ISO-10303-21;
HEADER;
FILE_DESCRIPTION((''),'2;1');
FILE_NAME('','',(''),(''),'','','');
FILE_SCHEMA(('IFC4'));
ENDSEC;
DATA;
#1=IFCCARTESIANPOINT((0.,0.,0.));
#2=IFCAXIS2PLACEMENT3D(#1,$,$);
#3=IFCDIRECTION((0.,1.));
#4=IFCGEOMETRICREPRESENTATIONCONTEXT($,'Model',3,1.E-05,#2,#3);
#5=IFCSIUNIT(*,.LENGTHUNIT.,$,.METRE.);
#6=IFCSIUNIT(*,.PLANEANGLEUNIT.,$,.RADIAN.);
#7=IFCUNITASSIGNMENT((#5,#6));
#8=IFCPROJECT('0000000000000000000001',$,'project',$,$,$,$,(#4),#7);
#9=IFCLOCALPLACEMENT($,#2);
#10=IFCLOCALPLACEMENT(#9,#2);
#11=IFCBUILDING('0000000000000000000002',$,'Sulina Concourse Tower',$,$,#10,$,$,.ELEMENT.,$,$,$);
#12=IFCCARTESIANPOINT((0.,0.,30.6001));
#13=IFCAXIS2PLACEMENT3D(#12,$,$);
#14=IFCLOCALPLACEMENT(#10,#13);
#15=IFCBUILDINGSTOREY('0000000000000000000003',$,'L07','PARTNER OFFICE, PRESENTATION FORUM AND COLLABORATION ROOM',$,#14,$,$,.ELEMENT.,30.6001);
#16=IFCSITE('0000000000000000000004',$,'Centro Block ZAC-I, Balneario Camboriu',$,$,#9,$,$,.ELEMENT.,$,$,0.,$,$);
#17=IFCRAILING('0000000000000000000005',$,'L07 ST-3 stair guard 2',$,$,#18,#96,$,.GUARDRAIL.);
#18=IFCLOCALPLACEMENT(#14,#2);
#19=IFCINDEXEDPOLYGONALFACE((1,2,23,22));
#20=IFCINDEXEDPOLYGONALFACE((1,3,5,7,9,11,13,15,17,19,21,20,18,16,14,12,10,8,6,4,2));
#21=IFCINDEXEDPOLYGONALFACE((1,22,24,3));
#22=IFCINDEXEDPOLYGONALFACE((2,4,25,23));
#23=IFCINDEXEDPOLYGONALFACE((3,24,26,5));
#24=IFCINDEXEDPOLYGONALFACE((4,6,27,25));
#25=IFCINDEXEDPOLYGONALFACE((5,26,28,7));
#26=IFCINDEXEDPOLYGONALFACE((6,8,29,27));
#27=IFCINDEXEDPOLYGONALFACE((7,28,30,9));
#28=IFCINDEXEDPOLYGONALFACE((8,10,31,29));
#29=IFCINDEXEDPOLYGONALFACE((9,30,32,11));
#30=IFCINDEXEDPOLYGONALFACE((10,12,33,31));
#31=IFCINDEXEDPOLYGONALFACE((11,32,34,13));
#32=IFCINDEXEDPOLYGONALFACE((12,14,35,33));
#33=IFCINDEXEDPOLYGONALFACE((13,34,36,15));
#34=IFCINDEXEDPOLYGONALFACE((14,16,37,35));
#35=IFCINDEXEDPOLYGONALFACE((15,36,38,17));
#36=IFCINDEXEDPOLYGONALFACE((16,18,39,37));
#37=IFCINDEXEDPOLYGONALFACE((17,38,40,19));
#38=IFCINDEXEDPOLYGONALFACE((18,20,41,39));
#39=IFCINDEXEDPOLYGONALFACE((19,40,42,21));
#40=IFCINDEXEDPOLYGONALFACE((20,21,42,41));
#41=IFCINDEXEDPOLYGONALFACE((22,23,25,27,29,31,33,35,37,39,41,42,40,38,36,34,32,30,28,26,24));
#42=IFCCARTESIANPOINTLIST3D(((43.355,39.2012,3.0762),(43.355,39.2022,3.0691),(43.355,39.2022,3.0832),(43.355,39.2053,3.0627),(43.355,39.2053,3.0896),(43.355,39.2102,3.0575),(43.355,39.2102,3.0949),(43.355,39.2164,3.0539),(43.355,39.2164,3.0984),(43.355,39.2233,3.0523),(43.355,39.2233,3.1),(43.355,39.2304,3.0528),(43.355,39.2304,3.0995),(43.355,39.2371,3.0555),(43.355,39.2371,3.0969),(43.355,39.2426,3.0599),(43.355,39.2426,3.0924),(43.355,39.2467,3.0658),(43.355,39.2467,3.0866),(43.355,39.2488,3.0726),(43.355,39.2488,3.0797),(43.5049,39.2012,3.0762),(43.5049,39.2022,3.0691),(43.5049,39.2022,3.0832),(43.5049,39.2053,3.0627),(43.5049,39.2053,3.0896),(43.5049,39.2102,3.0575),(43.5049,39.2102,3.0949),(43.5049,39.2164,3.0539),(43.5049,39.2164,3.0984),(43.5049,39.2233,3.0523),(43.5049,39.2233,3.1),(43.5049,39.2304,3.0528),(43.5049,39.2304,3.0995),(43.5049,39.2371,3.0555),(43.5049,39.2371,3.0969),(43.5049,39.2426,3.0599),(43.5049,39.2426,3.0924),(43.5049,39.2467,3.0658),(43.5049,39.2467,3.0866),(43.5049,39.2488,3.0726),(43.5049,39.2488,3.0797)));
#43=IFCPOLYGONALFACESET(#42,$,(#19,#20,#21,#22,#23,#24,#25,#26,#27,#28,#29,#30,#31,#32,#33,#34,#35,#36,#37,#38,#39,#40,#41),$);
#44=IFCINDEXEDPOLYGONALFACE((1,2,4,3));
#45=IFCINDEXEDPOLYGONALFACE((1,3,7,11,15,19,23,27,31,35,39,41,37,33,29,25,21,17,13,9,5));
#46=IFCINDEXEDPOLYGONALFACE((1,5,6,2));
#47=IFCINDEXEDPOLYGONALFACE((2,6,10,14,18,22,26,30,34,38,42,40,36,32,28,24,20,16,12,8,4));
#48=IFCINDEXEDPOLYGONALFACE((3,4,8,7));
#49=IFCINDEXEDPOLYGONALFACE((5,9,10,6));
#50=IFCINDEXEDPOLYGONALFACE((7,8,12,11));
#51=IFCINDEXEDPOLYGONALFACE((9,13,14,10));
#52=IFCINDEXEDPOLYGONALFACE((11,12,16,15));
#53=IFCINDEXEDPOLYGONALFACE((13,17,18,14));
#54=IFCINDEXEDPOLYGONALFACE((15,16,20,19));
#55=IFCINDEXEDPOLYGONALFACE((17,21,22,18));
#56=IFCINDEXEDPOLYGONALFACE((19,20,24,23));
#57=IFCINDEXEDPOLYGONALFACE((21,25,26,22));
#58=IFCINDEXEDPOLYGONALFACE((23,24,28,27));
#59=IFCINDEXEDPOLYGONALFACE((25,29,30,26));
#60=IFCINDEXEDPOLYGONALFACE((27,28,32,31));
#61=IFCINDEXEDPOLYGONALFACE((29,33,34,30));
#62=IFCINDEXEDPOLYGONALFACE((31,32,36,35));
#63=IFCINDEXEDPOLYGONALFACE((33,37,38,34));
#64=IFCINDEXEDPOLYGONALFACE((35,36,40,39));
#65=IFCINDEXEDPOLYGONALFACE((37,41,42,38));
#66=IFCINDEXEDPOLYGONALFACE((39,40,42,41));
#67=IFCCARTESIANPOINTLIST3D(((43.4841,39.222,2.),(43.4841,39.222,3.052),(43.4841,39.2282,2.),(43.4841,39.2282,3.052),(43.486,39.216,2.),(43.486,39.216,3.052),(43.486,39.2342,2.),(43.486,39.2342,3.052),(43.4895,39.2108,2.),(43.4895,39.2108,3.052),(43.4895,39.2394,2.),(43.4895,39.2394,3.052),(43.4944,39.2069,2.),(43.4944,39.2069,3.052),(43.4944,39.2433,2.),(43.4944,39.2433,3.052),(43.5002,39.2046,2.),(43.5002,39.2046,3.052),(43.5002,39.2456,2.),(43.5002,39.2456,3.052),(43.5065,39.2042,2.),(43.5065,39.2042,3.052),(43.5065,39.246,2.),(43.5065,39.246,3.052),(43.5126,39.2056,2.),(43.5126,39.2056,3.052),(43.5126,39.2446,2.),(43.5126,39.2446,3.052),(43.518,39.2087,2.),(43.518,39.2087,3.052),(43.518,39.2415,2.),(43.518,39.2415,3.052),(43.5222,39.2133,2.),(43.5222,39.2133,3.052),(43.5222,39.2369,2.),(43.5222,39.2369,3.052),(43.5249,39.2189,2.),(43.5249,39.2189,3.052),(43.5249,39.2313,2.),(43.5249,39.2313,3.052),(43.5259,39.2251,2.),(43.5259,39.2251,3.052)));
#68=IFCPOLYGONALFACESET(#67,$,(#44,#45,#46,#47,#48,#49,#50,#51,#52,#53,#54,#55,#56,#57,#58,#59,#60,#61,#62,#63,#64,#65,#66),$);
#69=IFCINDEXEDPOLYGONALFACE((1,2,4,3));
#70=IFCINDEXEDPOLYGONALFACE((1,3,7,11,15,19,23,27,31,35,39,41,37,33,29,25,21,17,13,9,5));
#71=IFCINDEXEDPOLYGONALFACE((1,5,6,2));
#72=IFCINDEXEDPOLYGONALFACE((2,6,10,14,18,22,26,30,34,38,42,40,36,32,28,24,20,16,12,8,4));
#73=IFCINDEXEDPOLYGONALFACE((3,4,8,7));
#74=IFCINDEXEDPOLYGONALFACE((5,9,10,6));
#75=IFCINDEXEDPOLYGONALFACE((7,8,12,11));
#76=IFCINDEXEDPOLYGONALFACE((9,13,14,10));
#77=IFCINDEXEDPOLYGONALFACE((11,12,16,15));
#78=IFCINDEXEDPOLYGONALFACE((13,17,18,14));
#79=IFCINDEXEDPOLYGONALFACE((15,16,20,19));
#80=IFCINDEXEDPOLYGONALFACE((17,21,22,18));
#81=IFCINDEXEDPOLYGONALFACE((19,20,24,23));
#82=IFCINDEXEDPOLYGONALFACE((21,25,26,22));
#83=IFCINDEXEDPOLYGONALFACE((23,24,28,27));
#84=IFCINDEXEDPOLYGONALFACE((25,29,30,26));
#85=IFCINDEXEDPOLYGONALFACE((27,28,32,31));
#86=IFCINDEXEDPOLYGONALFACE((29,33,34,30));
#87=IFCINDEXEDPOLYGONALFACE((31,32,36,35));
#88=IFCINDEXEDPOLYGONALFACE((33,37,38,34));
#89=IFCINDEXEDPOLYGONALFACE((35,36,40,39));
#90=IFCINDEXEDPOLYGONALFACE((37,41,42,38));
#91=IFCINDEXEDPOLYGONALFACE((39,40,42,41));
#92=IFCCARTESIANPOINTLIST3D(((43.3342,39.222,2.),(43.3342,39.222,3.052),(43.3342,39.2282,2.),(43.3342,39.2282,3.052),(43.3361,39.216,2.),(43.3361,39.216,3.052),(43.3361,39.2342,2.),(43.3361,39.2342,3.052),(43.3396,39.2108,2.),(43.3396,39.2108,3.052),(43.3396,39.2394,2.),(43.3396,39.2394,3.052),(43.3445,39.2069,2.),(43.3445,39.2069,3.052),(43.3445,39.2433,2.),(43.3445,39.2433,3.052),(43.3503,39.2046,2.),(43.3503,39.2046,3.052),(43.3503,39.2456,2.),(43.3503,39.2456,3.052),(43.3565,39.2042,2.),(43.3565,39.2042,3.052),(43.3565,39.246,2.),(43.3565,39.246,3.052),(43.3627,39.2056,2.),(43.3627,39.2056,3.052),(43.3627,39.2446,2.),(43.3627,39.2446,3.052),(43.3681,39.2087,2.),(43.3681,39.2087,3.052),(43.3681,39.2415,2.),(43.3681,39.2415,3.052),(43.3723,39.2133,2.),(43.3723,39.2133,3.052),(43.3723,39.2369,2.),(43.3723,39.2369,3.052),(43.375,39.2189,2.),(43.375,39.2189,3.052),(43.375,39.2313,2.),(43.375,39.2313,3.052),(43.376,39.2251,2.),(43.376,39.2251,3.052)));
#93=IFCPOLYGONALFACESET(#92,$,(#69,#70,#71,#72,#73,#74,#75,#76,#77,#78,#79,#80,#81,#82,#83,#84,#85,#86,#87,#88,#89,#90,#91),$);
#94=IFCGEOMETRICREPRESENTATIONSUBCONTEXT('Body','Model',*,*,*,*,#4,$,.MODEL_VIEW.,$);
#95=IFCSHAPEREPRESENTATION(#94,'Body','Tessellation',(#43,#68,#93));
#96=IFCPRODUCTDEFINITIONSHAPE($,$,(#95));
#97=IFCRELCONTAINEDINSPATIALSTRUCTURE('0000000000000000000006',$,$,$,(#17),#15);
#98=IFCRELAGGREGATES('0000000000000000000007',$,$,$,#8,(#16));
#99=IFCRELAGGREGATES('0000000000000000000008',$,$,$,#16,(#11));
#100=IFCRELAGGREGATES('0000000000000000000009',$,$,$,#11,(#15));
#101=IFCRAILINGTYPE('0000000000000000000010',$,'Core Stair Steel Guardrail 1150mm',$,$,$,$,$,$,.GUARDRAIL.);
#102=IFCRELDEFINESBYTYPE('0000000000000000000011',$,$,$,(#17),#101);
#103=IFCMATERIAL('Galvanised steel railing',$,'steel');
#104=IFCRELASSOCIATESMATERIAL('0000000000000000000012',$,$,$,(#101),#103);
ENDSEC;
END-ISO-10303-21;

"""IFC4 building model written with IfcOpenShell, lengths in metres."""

from ifc_helpers import new_model, si_unit, direction, frame, origin, origin_2d, place, context, subcontext, project, spatial, circle, extrude, material, type_object, element, save


model = new_model("IFC4")

# Units and contexts
model_context = context("Model", 3, precision=1e-05, world=origin(), true_north=direction((0.0, 1.0)))
body_context = subcontext(model_context, "Body", "Model", "MODEL_VIEW")
ifc_project = project(units=[si_unit("LENGTHUNIT", "METRE"), si_unit("PLANEANGLEUNIT", "RADIAN")], contexts=[model_context])

# Site, building, storey
site_placement = place(None, origin())
site = spatial("IfcSite", under=ifc_project, at=site_placement, Name="Centro Block ZAC-I, Balneario Camboriu", CompositionType="ELEMENT", RefElevation=0.0)
building_placement = place(site_placement, origin())
building = spatial("IfcBuilding", under=site, at=building_placement, Name="Sulina Concourse Tower", CompositionType="ELEMENT")
storey_placement = place(building_placement, frame((0.0, 0.0, 30.6001)))
storey = spatial("IfcBuildingStorey", under=building, at=storey_placement, Name="L07", Description="PARTNER OFFICE, PRESENTATION FORUM AND COLLABORATION ROOM", CompositionType="ELEMENT", Elevation=30.6001)

# Railing
ifc_material_1 = material(Name="Galvanised steel railing", Category="steel")
railing_type_1 = type_object("IfcRailingType", Name="Core Stair Steel Guardrail 1150mm", PredefinedType="GUARDRAIL", material=ifc_material_1)
railing_1_placement = place(storey_placement, frame((43.5049, 39.2251, 2.0)))
element("IfcRailing", 1, at=railing_1_placement, inside=storey, type_object=railing_type_1, Name="L07 ST-3 stair guard 2", PredefinedType="GUARDRAIL", context=body_context, shape_type="SweptSolid", body=[
    extrude(circle(Radius=0.0239, at=origin_2d()), frame((0.0, 0.0, 1.0762), z_axis=(-1.0, 0.0, 0.0), x_axis=(0.0, -1.0, 0.0)), (0.0, 0.0, 1.0), 0.1499),
    extrude(circle(Radius=0.021, at=origin_2d()), origin(), (0.0, 0.0, 1.0), 1.052),
    extrude(circle(Radius=0.021, at=origin_2d()), frame((-0.1499, 0.0, 0.0)), (0.0, 0.0, 1.0), 1.052),
])

save(model, "model.ifc")
